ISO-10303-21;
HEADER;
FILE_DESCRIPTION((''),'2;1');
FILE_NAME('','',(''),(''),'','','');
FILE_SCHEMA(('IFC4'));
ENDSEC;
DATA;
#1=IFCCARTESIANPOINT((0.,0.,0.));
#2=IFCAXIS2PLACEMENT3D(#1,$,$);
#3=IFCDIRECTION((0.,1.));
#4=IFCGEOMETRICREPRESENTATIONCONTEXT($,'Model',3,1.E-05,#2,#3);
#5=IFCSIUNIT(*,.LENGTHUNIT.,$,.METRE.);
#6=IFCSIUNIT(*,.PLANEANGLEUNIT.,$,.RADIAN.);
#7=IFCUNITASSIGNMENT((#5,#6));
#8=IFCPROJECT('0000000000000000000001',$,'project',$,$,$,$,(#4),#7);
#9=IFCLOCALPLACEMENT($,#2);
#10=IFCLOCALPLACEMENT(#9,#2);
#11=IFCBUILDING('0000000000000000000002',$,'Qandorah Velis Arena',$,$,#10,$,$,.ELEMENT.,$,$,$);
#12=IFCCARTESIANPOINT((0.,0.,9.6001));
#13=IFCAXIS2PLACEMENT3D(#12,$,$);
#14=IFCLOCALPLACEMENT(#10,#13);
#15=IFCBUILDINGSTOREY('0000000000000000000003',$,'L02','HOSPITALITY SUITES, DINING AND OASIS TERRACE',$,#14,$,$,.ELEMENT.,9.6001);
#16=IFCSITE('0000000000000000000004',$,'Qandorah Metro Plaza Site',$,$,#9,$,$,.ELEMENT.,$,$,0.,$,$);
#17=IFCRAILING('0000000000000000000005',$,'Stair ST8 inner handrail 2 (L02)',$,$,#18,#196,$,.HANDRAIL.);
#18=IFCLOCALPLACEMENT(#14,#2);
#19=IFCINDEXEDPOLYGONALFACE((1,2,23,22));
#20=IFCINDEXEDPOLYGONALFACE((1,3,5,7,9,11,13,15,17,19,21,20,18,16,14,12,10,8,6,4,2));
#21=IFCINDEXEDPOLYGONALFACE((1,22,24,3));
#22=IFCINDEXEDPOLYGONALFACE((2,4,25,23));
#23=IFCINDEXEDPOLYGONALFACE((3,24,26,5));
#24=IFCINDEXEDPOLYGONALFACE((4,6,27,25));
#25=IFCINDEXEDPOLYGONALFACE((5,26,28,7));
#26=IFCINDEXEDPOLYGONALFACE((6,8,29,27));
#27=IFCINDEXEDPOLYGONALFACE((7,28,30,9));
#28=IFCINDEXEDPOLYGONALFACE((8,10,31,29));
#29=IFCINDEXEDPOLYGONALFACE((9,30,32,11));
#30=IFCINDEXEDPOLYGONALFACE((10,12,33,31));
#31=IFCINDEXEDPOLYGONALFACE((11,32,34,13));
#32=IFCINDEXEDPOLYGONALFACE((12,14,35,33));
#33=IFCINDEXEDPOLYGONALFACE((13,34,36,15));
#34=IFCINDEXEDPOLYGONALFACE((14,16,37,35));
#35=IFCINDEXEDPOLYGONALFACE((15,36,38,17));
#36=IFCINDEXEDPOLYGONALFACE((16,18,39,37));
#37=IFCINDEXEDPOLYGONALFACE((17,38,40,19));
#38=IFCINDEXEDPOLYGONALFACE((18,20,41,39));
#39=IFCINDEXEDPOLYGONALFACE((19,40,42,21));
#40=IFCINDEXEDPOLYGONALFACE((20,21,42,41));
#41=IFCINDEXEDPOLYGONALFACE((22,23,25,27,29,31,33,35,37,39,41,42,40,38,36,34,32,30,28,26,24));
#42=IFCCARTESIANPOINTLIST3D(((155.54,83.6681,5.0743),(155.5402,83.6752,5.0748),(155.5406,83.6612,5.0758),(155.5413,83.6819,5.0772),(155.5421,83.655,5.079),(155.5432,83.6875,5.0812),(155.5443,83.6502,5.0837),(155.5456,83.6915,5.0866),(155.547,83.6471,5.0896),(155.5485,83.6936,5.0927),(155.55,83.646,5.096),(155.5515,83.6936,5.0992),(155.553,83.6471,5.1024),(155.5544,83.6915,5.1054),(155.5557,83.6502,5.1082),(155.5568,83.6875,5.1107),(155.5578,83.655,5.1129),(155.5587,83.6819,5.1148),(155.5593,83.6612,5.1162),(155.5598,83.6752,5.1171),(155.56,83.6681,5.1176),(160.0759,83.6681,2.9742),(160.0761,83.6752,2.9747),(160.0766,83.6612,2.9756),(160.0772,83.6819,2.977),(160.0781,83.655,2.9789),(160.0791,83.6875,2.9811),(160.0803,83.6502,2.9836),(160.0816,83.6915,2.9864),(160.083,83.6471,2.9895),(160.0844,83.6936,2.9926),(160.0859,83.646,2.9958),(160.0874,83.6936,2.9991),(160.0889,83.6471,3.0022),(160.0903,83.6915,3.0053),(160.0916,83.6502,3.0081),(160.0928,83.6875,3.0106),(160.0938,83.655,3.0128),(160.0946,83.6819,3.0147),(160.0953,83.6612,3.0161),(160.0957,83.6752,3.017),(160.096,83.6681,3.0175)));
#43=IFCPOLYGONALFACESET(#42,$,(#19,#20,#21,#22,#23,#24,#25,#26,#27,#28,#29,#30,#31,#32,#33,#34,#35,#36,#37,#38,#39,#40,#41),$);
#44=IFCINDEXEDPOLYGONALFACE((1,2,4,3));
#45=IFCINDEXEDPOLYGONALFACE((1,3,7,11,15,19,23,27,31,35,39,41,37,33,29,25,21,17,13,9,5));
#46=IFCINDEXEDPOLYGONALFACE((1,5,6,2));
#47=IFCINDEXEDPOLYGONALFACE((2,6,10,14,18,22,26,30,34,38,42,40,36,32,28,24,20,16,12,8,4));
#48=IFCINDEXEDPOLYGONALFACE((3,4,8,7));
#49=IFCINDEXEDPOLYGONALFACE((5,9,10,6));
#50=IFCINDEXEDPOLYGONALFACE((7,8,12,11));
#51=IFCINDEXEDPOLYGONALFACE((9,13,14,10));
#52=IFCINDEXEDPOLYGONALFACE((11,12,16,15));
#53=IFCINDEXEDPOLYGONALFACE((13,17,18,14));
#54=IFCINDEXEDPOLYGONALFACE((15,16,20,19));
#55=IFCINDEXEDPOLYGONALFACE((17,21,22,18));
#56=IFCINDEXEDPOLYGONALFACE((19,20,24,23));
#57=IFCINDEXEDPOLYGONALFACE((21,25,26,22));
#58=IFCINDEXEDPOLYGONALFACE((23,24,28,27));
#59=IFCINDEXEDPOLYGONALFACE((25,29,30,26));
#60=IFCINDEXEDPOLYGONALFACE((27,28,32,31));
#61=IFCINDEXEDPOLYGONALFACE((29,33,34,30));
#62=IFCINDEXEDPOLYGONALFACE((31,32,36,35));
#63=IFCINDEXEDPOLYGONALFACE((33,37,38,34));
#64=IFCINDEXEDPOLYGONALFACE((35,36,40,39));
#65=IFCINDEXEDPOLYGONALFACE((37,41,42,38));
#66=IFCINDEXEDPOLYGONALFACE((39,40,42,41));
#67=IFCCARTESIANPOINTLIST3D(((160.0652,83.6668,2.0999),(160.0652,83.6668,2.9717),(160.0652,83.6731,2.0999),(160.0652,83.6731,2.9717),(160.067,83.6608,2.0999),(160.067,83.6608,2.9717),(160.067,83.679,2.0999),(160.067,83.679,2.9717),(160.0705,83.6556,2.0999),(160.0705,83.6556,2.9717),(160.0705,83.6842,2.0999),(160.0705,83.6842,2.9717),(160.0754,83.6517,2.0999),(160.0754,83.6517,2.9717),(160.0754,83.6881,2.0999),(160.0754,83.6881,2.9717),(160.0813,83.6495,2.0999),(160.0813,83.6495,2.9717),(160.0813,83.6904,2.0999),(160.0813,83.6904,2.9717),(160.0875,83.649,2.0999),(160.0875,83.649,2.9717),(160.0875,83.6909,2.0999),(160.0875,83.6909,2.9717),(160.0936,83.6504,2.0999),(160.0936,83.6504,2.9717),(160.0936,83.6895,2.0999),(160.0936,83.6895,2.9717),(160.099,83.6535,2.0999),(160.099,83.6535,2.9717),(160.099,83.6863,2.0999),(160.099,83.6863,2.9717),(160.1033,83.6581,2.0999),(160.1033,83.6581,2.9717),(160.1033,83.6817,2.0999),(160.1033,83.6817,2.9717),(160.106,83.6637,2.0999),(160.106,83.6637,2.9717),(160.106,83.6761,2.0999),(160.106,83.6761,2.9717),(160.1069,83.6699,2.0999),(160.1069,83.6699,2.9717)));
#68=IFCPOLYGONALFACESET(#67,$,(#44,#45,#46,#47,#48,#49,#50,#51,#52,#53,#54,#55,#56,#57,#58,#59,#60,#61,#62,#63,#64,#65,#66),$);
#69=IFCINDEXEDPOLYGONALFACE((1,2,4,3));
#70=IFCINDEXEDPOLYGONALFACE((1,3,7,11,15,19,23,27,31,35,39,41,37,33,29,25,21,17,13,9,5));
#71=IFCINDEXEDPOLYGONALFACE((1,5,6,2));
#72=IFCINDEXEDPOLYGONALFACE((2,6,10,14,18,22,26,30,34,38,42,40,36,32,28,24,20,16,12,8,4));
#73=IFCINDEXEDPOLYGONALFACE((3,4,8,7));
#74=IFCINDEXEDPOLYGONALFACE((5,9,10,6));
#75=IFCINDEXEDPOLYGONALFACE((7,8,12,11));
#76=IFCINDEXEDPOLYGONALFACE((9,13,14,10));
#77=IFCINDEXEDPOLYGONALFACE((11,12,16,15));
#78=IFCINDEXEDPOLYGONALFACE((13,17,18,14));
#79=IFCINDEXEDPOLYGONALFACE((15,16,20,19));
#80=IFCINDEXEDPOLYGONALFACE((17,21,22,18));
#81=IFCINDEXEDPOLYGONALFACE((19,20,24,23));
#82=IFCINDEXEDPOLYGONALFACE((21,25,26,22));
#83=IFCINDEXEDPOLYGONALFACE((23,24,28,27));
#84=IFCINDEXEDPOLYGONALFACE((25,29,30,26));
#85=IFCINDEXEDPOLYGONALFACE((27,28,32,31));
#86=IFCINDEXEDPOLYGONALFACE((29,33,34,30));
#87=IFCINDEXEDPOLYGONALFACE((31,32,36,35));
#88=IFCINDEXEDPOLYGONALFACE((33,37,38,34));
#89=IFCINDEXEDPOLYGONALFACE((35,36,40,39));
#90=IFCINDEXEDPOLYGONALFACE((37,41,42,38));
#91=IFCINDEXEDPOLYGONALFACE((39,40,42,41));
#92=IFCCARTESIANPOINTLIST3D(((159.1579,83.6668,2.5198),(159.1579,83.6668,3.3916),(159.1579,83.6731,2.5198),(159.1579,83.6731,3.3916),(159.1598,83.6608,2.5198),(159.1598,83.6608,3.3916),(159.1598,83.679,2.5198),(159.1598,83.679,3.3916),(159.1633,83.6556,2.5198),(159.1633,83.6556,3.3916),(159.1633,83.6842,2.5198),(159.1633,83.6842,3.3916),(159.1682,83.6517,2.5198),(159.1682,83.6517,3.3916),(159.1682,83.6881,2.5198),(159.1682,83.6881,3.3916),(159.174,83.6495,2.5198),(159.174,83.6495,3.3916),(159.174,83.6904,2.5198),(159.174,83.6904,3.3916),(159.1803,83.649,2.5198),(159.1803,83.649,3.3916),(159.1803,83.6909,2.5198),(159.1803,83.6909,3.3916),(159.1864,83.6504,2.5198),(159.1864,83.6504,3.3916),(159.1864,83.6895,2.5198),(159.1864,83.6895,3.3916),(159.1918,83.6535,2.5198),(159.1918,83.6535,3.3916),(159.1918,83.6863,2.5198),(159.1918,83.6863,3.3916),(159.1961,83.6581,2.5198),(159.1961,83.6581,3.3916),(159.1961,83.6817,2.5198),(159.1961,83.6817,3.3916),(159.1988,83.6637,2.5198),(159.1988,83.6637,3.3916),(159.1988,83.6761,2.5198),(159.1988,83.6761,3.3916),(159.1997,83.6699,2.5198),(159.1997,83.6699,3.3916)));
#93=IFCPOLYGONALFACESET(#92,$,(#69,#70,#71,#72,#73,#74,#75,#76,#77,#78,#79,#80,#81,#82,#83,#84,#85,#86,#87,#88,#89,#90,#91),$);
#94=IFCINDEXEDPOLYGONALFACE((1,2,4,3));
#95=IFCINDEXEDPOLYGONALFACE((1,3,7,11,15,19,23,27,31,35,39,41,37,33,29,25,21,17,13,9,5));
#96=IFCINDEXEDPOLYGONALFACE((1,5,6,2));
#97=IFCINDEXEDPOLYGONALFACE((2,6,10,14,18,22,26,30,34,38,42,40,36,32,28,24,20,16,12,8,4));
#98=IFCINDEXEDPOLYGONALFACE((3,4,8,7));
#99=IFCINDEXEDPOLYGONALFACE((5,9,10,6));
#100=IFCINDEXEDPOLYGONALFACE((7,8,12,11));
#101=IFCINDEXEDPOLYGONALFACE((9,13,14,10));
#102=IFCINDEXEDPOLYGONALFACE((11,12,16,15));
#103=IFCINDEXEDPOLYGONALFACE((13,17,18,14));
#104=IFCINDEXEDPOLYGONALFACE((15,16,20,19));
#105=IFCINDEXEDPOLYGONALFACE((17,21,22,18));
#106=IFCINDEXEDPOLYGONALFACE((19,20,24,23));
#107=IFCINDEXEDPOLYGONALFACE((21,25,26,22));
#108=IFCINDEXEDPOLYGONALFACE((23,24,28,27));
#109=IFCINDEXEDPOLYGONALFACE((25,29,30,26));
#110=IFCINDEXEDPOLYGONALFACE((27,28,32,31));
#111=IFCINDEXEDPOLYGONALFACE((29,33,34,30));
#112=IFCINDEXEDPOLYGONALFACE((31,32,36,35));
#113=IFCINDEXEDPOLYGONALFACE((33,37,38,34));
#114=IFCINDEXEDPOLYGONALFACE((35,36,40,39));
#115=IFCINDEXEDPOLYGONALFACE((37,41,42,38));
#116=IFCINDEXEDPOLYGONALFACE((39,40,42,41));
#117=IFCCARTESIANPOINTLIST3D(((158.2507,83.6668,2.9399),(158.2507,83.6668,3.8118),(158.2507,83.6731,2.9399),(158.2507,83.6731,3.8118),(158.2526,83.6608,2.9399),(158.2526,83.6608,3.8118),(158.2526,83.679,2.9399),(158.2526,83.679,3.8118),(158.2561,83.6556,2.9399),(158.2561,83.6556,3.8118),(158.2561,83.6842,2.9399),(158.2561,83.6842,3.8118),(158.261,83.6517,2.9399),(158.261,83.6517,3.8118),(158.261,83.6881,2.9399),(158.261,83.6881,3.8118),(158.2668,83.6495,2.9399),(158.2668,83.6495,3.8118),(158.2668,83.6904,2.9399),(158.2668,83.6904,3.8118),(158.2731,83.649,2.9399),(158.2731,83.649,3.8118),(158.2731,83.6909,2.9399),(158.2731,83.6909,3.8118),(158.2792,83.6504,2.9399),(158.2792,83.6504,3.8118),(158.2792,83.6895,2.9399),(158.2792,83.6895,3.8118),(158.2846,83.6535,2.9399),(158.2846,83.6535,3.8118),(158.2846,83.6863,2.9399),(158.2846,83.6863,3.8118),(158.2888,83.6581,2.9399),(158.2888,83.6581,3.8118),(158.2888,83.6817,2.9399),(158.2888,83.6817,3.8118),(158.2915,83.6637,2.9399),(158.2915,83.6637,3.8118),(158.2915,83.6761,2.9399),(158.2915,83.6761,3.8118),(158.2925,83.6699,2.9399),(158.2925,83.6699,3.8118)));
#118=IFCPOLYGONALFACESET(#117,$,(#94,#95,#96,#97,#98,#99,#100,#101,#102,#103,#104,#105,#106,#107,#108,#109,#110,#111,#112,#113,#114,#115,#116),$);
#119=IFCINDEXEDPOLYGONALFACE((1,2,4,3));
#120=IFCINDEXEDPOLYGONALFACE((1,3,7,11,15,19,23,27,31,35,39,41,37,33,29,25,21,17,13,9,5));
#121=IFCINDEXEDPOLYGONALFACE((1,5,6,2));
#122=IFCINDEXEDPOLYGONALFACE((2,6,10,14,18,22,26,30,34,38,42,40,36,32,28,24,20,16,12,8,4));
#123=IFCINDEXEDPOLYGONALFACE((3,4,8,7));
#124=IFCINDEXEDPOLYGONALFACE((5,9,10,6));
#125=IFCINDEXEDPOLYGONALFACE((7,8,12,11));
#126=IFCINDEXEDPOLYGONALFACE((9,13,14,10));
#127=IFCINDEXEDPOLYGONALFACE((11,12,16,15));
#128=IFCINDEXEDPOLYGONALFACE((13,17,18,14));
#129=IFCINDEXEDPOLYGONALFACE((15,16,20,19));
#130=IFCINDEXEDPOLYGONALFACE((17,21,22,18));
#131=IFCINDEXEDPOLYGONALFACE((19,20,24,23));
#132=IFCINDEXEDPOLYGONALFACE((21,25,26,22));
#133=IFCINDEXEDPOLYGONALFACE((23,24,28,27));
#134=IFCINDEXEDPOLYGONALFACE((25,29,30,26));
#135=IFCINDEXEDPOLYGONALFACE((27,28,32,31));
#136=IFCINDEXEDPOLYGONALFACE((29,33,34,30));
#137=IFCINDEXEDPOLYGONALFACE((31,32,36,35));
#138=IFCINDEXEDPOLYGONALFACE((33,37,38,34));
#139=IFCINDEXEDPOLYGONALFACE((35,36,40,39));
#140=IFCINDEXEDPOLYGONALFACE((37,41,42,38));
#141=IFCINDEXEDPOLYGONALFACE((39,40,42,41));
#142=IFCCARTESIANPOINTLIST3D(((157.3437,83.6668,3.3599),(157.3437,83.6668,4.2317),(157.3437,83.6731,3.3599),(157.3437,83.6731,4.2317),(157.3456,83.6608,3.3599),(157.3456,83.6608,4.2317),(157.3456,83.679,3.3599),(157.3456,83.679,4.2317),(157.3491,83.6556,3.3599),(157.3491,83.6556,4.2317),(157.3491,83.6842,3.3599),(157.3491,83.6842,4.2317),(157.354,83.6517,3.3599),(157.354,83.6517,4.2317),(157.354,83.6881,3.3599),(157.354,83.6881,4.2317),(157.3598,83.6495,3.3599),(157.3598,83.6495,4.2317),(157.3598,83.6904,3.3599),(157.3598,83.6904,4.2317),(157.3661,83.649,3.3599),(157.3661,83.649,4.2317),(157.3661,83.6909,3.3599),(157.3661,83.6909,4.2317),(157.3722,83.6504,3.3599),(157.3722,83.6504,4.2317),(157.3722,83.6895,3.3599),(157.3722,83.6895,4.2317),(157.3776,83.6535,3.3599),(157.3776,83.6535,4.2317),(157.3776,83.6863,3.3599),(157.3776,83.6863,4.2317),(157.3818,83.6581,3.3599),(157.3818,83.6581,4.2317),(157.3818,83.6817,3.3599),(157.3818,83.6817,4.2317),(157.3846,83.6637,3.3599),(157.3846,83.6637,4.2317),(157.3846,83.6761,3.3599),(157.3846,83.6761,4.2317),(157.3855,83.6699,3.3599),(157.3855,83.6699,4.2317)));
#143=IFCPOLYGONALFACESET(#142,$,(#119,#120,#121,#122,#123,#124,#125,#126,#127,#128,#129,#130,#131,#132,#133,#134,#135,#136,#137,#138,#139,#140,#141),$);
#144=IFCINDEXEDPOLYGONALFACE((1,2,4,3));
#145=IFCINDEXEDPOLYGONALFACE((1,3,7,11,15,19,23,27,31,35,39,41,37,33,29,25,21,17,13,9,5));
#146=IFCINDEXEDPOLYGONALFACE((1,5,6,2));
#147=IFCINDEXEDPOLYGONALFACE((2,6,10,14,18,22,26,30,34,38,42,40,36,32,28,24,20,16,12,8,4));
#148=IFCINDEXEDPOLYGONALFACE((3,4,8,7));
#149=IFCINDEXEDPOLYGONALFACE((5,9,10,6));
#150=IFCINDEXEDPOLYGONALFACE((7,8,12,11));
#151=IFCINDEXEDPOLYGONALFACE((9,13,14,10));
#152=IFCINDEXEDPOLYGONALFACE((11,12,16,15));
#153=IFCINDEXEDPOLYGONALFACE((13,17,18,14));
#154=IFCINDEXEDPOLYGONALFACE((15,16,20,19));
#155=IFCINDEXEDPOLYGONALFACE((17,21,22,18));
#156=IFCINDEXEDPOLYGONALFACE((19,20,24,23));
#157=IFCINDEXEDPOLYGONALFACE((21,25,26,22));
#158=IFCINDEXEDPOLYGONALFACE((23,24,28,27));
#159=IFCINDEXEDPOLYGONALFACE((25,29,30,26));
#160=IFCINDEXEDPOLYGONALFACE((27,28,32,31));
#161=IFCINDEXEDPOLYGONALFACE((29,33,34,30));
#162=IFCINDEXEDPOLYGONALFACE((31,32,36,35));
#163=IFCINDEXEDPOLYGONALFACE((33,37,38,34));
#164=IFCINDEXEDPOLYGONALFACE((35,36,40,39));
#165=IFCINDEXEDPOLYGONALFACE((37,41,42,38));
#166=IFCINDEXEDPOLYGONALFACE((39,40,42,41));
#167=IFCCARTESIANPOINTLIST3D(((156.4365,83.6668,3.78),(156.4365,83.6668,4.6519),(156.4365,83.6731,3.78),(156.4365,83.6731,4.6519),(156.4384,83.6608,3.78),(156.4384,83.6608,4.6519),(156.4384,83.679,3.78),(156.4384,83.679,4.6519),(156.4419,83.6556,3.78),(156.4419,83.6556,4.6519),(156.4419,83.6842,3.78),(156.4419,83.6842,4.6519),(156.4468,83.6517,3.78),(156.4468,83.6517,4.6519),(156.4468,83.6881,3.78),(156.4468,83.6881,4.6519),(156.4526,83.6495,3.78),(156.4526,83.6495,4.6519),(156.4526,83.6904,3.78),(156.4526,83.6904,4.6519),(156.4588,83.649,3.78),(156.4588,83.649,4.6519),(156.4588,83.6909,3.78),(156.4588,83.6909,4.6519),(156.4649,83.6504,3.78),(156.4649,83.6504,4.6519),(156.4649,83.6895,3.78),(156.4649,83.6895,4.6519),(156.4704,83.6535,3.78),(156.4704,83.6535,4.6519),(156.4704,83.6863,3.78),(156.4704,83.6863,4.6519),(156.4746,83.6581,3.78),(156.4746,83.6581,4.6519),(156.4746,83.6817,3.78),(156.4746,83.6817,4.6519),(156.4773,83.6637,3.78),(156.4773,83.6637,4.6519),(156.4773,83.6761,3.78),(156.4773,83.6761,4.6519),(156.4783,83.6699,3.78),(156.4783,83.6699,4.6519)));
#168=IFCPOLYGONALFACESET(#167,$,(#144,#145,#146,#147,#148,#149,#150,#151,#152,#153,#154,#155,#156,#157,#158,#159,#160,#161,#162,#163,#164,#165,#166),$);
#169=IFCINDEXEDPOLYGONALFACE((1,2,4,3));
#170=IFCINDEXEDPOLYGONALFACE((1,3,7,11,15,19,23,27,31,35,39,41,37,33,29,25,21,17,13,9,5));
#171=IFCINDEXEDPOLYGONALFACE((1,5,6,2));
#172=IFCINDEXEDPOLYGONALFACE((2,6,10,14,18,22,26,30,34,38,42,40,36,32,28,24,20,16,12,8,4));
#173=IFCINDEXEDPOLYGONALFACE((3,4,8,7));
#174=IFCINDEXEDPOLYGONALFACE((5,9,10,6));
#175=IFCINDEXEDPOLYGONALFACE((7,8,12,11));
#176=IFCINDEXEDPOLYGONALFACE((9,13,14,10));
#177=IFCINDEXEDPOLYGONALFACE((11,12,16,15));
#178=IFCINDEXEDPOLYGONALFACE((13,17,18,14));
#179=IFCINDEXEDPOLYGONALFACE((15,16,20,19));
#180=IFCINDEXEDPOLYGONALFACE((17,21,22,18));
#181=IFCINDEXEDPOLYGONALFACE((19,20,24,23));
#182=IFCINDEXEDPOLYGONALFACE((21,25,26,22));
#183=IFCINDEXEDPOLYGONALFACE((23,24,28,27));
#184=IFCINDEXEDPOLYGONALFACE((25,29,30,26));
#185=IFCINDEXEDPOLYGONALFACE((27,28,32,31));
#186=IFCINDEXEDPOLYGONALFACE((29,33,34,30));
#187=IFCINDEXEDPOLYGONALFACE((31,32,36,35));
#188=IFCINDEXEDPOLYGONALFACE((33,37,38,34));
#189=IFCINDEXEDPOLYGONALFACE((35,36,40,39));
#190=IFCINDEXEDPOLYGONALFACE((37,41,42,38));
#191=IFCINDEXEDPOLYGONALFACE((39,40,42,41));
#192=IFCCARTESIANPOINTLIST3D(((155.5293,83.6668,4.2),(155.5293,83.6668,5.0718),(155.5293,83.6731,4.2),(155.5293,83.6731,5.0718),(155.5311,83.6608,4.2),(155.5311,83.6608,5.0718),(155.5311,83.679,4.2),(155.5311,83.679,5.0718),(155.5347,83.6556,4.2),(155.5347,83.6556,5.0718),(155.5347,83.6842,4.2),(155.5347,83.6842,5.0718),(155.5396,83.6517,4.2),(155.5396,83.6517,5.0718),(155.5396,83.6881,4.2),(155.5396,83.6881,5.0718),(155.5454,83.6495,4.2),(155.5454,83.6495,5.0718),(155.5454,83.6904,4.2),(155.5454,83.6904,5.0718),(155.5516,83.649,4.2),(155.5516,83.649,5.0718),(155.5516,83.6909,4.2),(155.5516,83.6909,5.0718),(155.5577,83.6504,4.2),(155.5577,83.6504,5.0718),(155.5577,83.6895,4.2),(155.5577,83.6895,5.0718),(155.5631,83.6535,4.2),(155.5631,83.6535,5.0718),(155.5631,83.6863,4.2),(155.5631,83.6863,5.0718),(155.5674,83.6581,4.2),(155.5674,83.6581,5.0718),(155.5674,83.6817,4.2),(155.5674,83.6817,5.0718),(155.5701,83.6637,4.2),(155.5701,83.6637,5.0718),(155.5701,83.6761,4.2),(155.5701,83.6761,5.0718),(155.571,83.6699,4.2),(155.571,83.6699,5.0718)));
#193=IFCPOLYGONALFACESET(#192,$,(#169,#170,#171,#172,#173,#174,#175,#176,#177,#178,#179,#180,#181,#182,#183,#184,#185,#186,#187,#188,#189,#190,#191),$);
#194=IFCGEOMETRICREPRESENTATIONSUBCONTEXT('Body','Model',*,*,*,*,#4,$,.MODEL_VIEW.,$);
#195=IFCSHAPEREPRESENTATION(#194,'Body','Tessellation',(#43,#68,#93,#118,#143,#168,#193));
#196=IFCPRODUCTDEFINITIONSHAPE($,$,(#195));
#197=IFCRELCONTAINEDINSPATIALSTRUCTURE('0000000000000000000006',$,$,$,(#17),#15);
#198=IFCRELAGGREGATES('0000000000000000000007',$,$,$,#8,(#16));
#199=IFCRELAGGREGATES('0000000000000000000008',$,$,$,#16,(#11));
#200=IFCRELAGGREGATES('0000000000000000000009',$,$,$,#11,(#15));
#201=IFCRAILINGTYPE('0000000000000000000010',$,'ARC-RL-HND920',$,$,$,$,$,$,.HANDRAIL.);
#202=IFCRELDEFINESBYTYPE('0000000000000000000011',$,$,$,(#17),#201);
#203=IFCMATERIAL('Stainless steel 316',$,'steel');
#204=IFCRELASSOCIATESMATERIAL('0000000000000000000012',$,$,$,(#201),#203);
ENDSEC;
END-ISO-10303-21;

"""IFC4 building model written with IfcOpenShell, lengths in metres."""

from ifc_helpers import new_model, si_unit, direction, frame, origin, origin_2d, place, context, subcontext, project, spatial, circle, extrude, material, type_object, element, save


model = new_model("IFC4")

# Units and contexts
model_context = context("Model", 3, precision=1e-05, world=origin(), true_north=direction((0.0, 1.0)))
body_context = subcontext(model_context, "Body", "Model", "MODEL_VIEW")
ifc_project = project(units=[si_unit("LENGTHUNIT", "METRE"), si_unit("PLANEANGLEUNIT", "RADIAN")], contexts=[model_context])

# Site, building, storey
site_placement = place(None, origin())
site = spatial("IfcSite", under=ifc_project, at=site_placement, Name="Qandorah Metro Plaza Site", CompositionType="ELEMENT", RefElevation=0.0)
building_placement = place(site_placement, origin())
building = spatial("IfcBuilding", under=site, at=building_placement, Name="Qandorah Velis Arena", CompositionType="ELEMENT")
storey_placement = place(building_placement, frame((0.0, 0.0, 9.6001)))
storey = spatial("IfcBuildingStorey", under=building, at=storey_placement, Name="L02", Description="HOSPITALITY SUITES, DINING AND OASIS TERRACE", CompositionType="ELEMENT", Elevation=9.6001)

# Railing
ifc_material_1 = material(Name="Stainless steel 316", Category="steel")
railing_type_1 = type_object("IfcRailingType", Name="ARC-RL-HND920", PredefinedType="HANDRAIL", material=ifc_material_1)
railing_1_placement = place(storey_placement, frame((160.0859, 83.6699, 2.0999)))
element("IfcRailing", 1, at=railing_1_placement, inside=storey, type_object=railing_type_1, Name="Stair ST8 inner handrail 2 (L02)", PredefinedType="HANDRAIL", context=body_context, shape_type="SweptSolid", body=[
    extrude(circle(Radius=0.0239, at=origin_2d()), frame((0.0, 0.0, 0.896), z_axis=(-0.907456, 0.0, 0.420148), x_axis=(0.0, -1.0, 0.0)), (0.0, 0.0, 1.0), 4.9985),
    extrude(circle(Radius=0.021, at=origin_2d()), origin(), (0.0, 0.0, 1.0), 0.8718),
    extrude(circle(Radius=0.021, at=origin_2d()), frame((-0.9072, 0.0, 0.4199)), (0.0, 0.0, 1.0), 0.8718),
    extrude(circle(Radius=0.021, at=origin_2d()), frame((-1.8145, 0.0, 0.8401)), (0.0, 0.0, 1.0), 0.8718),
    extrude(circle(Radius=0.021, at=origin_2d()), frame((-2.7214, 0.0, 1.26)), (0.0, 0.0, 1.0), 0.8718),
    extrude(circle(Radius=0.021, at=origin_2d()), frame((-3.6287, 0.0, 1.6802)), (0.0, 0.0, 1.0), 0.8718),
    extrude(circle(Radius=0.021, at=origin_2d()), frame((-4.5359, 0.0, 2.1001)), (0.0, 0.0, 1.0), 0.8718),
])

save(model, "model.ifc")
